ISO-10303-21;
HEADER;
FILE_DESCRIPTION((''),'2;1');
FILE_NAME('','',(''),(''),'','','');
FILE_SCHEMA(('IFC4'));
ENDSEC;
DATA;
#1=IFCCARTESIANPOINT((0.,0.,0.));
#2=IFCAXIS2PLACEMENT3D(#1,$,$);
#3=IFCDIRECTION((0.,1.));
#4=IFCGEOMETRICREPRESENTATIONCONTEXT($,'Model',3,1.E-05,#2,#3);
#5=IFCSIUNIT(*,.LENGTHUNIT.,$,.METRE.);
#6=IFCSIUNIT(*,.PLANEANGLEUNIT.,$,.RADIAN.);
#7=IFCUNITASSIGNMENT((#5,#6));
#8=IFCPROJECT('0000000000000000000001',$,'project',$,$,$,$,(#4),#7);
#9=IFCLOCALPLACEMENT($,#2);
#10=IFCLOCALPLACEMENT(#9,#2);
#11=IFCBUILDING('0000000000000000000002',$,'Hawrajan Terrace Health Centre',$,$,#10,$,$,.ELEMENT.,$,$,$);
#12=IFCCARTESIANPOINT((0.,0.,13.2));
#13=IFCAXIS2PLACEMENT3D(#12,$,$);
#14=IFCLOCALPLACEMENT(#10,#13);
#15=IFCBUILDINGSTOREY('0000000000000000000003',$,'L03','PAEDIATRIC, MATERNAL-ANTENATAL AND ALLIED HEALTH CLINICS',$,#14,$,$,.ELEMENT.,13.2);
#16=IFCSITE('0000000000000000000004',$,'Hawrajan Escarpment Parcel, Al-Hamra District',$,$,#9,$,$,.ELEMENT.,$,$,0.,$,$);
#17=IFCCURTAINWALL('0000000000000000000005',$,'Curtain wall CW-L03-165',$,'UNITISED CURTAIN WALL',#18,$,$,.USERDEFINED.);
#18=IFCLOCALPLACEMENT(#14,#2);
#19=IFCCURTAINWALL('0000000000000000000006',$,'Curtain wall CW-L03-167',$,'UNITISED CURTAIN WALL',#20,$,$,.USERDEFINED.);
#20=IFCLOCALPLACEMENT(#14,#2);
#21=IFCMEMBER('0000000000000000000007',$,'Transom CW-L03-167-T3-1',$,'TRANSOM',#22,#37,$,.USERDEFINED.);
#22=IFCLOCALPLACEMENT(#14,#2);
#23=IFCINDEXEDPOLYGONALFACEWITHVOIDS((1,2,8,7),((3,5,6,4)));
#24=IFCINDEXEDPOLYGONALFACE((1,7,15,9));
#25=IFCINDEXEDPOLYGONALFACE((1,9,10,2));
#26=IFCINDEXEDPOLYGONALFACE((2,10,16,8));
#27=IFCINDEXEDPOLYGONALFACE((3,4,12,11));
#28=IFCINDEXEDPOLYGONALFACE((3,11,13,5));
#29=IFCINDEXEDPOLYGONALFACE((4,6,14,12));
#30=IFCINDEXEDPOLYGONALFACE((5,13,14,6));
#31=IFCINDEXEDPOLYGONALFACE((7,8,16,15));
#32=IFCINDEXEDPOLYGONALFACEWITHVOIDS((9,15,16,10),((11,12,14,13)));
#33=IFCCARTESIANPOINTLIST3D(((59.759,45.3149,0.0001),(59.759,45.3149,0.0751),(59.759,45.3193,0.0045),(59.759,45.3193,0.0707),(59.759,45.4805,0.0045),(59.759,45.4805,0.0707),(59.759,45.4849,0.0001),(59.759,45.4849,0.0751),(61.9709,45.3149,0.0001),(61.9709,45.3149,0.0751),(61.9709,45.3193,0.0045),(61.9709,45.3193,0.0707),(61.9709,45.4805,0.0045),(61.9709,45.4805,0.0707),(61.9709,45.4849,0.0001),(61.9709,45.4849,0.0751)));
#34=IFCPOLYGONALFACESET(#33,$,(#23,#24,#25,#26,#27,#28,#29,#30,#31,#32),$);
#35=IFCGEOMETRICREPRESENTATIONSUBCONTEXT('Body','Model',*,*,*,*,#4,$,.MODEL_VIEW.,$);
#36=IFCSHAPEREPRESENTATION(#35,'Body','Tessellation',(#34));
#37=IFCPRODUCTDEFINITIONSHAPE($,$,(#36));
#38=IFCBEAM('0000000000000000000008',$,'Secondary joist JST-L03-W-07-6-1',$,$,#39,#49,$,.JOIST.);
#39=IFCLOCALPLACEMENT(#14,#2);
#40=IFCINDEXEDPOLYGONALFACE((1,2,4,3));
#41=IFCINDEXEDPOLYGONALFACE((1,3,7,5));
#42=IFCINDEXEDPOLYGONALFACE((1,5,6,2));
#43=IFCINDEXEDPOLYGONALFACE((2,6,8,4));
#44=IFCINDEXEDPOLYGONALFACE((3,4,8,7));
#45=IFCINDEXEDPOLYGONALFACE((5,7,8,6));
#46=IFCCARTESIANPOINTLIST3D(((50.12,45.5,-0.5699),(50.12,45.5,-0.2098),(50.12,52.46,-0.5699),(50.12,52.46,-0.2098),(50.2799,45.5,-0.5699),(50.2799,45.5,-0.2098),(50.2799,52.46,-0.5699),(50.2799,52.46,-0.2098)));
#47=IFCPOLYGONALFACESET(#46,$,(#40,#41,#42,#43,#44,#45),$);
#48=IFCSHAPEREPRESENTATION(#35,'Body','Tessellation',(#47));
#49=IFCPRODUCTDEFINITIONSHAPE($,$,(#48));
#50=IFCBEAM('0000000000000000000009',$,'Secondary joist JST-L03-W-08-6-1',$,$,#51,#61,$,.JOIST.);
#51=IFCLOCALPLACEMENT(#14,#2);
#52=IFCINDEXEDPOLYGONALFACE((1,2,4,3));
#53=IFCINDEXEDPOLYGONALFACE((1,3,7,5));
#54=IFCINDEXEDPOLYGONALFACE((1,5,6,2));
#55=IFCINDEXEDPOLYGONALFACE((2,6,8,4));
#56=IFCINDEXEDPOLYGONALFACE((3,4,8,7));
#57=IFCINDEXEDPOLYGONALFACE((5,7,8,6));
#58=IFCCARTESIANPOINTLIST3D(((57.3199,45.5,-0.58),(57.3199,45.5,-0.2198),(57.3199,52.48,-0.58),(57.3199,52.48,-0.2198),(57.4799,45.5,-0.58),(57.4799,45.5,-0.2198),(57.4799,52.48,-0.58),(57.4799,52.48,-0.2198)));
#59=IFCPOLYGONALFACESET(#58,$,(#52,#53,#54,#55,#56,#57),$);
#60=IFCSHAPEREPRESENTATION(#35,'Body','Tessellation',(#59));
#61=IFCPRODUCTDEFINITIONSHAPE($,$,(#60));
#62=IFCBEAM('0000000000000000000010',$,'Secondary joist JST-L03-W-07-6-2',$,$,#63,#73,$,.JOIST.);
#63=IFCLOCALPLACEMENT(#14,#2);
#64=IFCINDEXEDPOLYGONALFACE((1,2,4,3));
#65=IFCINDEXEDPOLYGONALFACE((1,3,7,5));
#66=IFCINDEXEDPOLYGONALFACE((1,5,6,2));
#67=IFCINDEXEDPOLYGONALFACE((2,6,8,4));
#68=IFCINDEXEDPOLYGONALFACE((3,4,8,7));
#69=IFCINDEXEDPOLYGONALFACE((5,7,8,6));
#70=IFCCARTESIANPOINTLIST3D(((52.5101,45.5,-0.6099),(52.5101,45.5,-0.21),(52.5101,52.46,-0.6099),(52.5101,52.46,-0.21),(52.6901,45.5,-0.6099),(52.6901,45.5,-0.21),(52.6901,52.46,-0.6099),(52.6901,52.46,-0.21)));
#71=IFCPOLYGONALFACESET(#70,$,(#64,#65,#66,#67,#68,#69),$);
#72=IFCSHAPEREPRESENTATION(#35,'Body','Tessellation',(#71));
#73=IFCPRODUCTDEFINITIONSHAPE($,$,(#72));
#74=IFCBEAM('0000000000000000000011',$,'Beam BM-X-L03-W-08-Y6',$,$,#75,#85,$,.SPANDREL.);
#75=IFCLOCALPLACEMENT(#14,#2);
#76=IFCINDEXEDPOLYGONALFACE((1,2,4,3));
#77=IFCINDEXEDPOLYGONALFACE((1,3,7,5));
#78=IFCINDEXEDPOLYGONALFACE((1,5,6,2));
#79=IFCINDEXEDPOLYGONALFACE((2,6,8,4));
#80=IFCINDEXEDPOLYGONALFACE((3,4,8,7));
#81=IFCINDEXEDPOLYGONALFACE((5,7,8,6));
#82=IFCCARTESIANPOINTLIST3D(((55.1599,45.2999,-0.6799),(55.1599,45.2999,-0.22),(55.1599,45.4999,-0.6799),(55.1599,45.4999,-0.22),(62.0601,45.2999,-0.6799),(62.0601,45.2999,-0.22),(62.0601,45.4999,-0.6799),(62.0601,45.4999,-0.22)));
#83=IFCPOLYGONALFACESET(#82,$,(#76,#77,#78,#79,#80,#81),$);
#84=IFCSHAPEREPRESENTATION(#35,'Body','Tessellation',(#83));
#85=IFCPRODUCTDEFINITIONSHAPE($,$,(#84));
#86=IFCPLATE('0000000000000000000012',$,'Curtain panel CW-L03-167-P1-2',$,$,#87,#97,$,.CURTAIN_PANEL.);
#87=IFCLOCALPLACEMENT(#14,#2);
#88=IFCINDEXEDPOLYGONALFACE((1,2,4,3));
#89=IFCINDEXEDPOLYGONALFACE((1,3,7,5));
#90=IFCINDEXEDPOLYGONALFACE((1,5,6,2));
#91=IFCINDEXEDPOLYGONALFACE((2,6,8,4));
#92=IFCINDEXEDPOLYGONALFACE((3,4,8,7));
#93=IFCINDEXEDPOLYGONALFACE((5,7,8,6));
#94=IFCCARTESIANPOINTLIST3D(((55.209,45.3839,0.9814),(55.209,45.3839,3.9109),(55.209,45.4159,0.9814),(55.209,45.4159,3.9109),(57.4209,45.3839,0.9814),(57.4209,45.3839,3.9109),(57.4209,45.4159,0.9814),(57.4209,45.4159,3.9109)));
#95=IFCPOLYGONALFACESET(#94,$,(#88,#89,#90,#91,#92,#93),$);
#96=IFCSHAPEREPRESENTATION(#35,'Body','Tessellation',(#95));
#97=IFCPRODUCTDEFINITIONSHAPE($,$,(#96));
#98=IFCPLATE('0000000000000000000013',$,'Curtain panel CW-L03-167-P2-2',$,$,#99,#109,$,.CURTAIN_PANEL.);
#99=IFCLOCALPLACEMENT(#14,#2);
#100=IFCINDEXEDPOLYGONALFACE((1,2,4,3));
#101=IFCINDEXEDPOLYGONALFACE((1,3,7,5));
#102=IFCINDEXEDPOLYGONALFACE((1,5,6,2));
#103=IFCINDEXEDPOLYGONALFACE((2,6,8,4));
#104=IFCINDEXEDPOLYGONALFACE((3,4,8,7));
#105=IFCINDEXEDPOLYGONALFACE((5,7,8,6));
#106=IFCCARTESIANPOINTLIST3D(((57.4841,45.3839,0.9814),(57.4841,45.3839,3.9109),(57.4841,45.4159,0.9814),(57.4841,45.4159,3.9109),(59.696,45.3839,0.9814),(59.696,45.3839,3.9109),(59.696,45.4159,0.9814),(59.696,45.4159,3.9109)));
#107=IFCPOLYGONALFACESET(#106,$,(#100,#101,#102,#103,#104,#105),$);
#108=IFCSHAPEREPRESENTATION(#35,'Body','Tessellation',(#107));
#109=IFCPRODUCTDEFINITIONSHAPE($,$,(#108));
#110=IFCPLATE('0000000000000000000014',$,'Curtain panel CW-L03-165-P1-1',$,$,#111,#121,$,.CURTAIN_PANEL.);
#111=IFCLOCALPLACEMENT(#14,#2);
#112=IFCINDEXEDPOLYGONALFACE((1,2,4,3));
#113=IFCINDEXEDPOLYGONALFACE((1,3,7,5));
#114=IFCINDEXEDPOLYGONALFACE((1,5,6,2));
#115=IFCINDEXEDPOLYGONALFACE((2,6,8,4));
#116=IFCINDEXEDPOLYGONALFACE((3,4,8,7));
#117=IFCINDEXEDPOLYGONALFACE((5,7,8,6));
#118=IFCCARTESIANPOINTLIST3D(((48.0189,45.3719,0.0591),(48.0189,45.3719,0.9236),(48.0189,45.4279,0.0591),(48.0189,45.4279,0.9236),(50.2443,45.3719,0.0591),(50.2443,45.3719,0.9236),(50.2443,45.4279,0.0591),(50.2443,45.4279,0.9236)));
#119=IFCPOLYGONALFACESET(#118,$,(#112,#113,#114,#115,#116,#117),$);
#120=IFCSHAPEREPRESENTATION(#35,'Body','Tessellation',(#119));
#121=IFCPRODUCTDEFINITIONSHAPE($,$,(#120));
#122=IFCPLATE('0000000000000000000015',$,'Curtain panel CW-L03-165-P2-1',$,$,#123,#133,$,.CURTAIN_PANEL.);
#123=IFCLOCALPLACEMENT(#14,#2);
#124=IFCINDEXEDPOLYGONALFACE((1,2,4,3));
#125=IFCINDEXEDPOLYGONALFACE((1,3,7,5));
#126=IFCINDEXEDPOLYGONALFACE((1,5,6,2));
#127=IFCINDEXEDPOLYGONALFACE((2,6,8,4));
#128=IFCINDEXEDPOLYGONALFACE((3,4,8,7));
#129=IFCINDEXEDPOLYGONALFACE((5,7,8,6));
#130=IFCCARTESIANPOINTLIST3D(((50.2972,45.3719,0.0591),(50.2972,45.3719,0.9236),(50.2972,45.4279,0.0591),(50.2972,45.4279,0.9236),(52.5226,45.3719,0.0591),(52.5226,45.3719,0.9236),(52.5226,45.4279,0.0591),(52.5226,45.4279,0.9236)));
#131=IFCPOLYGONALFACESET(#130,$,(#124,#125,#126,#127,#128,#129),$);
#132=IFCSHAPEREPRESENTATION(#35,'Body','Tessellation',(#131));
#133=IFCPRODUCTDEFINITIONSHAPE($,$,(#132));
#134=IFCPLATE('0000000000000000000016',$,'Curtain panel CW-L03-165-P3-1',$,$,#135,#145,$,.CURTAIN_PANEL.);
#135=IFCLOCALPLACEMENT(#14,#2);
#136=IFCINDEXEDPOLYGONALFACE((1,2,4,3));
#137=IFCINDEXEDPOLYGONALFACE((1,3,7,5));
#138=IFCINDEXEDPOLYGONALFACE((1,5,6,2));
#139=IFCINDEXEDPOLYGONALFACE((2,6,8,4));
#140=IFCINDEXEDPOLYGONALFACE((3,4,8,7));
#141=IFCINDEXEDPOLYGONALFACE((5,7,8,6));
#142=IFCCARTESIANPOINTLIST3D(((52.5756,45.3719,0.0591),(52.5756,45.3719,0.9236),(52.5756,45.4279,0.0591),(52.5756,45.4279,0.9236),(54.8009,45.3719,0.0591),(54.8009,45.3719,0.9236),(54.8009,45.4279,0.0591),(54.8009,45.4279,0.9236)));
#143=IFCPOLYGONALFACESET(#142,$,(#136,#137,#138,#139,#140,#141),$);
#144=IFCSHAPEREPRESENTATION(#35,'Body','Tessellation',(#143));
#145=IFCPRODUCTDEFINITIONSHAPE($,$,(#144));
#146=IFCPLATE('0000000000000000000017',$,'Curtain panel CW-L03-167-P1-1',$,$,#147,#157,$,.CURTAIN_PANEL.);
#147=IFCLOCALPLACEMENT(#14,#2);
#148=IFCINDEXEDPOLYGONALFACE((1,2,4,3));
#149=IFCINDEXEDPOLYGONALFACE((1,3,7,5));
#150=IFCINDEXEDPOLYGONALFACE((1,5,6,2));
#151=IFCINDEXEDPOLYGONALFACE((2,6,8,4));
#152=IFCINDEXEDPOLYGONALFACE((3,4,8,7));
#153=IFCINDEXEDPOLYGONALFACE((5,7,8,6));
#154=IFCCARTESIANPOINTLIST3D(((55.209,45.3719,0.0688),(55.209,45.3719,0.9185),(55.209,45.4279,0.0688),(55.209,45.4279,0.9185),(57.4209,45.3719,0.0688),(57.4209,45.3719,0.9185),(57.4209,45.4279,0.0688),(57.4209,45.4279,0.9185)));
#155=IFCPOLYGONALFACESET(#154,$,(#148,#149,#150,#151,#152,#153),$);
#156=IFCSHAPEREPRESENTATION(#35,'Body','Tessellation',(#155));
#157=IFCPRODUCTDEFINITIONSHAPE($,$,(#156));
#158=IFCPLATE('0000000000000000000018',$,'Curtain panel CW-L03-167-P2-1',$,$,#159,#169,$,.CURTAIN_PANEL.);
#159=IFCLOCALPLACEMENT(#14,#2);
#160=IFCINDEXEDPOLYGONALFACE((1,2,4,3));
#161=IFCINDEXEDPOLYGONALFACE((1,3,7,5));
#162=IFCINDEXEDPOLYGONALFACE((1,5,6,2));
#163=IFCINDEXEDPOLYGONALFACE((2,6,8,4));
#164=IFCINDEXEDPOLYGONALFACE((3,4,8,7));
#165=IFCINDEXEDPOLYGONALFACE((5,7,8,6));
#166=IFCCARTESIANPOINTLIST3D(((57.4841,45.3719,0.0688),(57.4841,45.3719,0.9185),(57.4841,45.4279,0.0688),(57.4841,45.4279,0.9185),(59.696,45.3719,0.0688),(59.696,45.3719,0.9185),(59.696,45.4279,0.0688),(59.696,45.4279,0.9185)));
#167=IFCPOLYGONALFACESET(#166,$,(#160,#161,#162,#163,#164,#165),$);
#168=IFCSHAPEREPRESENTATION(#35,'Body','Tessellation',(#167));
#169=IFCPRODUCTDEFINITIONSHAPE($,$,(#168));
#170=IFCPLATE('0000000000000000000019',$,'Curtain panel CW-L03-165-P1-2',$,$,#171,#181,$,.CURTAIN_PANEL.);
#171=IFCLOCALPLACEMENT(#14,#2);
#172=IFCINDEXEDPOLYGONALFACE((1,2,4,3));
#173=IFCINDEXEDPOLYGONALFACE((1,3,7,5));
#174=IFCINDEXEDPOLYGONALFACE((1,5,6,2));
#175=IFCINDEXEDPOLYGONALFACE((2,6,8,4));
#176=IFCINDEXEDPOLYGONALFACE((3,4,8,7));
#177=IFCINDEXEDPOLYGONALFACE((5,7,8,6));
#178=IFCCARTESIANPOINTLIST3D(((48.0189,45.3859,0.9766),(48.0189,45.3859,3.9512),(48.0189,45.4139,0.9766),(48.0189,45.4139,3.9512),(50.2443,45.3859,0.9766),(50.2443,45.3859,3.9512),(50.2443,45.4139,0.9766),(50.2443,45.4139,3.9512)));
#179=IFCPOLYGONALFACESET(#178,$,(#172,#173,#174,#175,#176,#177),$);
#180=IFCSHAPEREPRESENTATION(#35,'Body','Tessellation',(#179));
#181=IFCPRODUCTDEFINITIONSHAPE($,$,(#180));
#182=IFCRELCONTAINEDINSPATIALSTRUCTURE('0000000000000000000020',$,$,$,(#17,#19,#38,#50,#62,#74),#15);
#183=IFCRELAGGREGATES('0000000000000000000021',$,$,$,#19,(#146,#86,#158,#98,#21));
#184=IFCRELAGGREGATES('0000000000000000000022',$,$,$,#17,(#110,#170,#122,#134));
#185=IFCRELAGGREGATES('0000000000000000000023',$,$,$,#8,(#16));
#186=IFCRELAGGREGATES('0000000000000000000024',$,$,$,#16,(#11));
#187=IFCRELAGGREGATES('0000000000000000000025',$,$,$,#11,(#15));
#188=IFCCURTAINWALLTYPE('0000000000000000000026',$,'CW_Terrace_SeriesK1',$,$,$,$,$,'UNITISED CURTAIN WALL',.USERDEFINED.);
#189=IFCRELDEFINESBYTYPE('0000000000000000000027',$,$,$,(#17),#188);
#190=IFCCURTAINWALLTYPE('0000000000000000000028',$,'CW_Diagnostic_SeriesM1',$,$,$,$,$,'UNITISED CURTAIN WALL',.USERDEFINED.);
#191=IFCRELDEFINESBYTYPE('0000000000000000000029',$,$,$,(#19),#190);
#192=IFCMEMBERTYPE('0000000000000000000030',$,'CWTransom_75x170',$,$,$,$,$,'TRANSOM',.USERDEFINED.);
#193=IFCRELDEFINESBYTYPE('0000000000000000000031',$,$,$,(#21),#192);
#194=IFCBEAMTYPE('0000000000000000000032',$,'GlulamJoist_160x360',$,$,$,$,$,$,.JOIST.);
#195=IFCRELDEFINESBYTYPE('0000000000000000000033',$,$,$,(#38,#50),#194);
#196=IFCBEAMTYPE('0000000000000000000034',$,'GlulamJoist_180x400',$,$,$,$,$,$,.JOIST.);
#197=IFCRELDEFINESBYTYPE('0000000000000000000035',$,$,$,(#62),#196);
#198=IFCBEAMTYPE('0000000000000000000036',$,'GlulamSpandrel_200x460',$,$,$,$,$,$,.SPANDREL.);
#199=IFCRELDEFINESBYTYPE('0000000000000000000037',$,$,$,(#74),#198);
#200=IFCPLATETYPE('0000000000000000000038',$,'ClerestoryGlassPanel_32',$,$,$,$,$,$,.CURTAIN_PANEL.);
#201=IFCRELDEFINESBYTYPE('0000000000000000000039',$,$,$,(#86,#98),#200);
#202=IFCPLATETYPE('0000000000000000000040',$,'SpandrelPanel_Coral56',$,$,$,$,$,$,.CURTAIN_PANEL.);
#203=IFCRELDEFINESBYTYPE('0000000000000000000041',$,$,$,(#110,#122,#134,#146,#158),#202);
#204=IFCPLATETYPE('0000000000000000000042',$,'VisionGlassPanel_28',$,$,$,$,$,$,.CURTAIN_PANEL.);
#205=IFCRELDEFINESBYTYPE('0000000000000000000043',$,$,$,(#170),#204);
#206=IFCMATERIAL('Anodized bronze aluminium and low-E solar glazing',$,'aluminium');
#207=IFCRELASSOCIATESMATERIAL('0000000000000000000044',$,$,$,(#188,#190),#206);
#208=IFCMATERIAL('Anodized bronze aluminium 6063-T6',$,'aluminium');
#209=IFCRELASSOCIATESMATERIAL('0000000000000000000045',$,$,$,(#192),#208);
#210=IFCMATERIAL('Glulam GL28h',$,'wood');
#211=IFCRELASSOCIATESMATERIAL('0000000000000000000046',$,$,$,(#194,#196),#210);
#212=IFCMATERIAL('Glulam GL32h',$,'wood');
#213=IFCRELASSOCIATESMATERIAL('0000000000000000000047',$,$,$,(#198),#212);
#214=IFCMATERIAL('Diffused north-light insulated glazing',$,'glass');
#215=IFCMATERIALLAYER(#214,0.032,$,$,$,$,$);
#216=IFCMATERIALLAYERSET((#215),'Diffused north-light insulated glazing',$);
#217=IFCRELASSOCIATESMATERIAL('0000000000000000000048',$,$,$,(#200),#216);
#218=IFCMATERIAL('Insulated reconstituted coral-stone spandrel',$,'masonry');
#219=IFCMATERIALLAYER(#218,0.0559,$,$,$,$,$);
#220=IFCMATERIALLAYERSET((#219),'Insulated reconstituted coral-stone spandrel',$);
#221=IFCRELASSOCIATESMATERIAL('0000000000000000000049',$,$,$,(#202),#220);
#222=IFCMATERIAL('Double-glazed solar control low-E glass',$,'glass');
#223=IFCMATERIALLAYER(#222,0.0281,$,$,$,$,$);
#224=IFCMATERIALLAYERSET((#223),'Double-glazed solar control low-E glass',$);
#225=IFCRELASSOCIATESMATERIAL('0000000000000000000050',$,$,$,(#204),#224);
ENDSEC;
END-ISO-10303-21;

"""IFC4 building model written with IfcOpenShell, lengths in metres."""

from ifc_helpers import new_model, si_unit, direction, frame, origin, origin_2d, place, context, subcontext, project, spatial, rectangle, hollow_rectangle, extrude, material, layer, layer_set, material_profile, profile_set, type_object, element, aggregate, save


model = new_model("IFC4")

# Units and contexts
model_context = context("Model", 3, precision=1e-05, world=origin(), true_north=direction((0.0, 1.0)))
body_context = subcontext(model_context, "Body", "Model", "MODEL_VIEW")
ifc_project = project(units=[si_unit("LENGTHUNIT", "METRE"), si_unit("PLANEANGLEUNIT", "RADIAN")], contexts=[model_context])

# Site, building, storey
site_placement = place(None, origin())
site = spatial("IfcSite", under=ifc_project, at=site_placement, Name="Hawrajan Escarpment Parcel, Al-Hamra District", CompositionType="ELEMENT", RefElevation=0.0)
building_placement = place(site_placement, origin())
building = spatial("IfcBuilding", under=site, at=building_placement, Name="Hawrajan Terrace Health Centre", CompositionType="ELEMENT")
storey_placement = place(building_placement, frame((0.0, 0.0, 13.2)))
storey = spatial("IfcBuildingStorey", under=building, at=storey_placement, Name="L03", Description="PAEDIATRIC, MATERNAL-ANTENATAL AND ALLIED HEALTH CLINICS", CompositionType="ELEMENT", Elevation=13.2)

# Shared definitions
ifc_material_1 = material(Name="Glulam GL32h", Category="wood")

# Curtain walls
ifc_material_2 = material(Name="Anodized bronze aluminium and low-E solar glazing", Category="aluminium")
curtain_wall_type_1 = type_object("IfcCurtainWallType", Name="CW_Terrace_SeriesK1", ElementType="UNITISED CURTAIN WALL", PredefinedType="USERDEFINED", material=ifc_material_2)
curtain_wall_1_placement = place(storey_placement, origin())
curtain_wall_1 = element("IfcCurtainWall", 1, at=curtain_wall_1_placement, inside=storey, type_object=curtain_wall_type_1, Name="Curtain wall CW-L03-165", ObjectType="UNITISED CURTAIN WALL", PredefinedType="USERDEFINED")
ifc_material_3 = material(Name="Anodized bronze aluminium 6063-T6", Category="aluminium")
curtain_wall_type_2 = type_object("IfcCurtainWallType", Name="CW_Diagnostic_SeriesM1", ElementType="UNITISED CURTAIN WALL", PredefinedType="USERDEFINED", material=ifc_material_2)
curtain_wall_2_placement = place(storey_placement, origin())
curtain_wall_2 = element("IfcCurtainWall", 2, at=curtain_wall_2_placement, inside=storey, type_object=curtain_wall_type_2, Name="Curtain wall CW-L03-167", ObjectType="UNITISED CURTAIN WALL", PredefinedType="USERDEFINED")

# Member
ifc_material_profile_1 = material_profile(ifc_material_3, hollow_rectangle(XDim=0.075, YDim=0.1699, WallThickness=0.0044, at=origin_2d()), Name="CW TRN 75x170")
ifc_profile_set_1 = profile_set([ifc_material_profile_1], Name="Anodized bronze aluminium 6063-T6")
member_type_1 = type_object("IfcMemberType", Name="CWTransom_75x170", ElementType="TRANSOM", PredefinedType="USERDEFINED", material=ifc_profile_set_1)
member_1_placement = place(storey_placement, frame((59.759, 45.3999, 0.0376), z_axis=(1.0, 0.0, 0.0), x_axis=(0.0, 0.0, 1.0)))
member_1 = element("IfcMember", 3, at=member_1_placement, type_object=member_type_1, Name="Transom CW-L03-167-T3-1", ObjectType="TRANSOM", PredefinedType="USERDEFINED", context=body_context, shape_type="SweptSolid", body=[
    extrude(hollow_rectangle(XDim=0.075, YDim=0.1699, WallThickness=0.0044, at=origin_2d()), origin(), (0.0, 0.0, 1.0), 2.2119),
])

# Beams
ifc_material_4 = material(Name="Glulam GL28h", Category="wood")
ifc_material_profile_2 = material_profile(ifc_material_4, rectangle(XDim=0.1599, YDim=0.3601, at=origin_2d()), Name="GL JST 160x360")
ifc_profile_set_2 = profile_set([ifc_material_profile_2], Name="Glulam GL28h")
beam_type_1 = type_object("IfcBeamType", Name="GlulamJoist_160x360", PredefinedType="JOIST", material=ifc_profile_set_2)
beam_1_placement = place(storey_placement, frame((50.2, 45.5, -0.3899), z_axis=(0.0, 1.0, 0.0), x_axis=(-1.0, 0.0, 0.0)))
element("IfcBeam", 4, at=beam_1_placement, inside=storey, type_object=beam_type_1, Name="Secondary joist JST-L03-W-07-6-1", PredefinedType="JOIST", context=body_context, shape_type="SweptSolid", body=[
    extrude(rectangle(XDim=0.1599, YDim=0.3601, at=origin_2d()), origin(), (0.0, 0.0, 1.0), 6.96),
])
beam_2_placement = place(storey_placement, frame((57.3999, 45.5, -0.3999), z_axis=(0.0, 1.0, 0.0), x_axis=(-1.0, 0.0, 0.0)))
element("IfcBeam", 5, at=beam_2_placement, inside=storey, type_object=beam_type_1, Name="Secondary joist JST-L03-W-08-6-1", PredefinedType="JOIST", context=body_context, shape_type="SweptSolid", body=[
    extrude(rectangle(XDim=0.1599, YDim=0.3601, at=origin_2d()), origin(), (0.0, 0.0, 1.0), 6.98),
])
ifc_material_profile_3 = material_profile(ifc_material_4, rectangle(XDim=0.1799, YDim=0.3999, at=origin_2d()), Name="GL JST 180x400")
ifc_profile_set_3 = profile_set([ifc_material_profile_3], Name="Glulam GL28h")
beam_type_2 = type_object("IfcBeamType", Name="GlulamJoist_180x400", PredefinedType="JOIST", material=ifc_profile_set_3)
beam_3_placement = place(storey_placement, frame((52.6001, 45.5, -0.4099), z_axis=(0.0, 1.0, 0.0), x_axis=(-1.0, 0.0, 0.0)))
element("IfcBeam", 6, at=beam_3_placement, inside=storey, type_object=beam_type_2, Name="Secondary joist JST-L03-W-07-6-2", PredefinedType="JOIST", context=body_context, shape_type="SweptSolid", body=[
    extrude(rectangle(XDim=0.1799, YDim=0.3999, at=origin_2d()), origin(), (0.0, 0.0, 1.0), 6.96),
])
ifc_material_profile_4 = material_profile(ifc_material_1, rectangle(XDim=0.2, YDim=0.46, at=origin_2d()), Name="GL SP 200x460")
ifc_profile_set_4 = profile_set([ifc_material_profile_4], Name="Glulam GL32h")
beam_type_3 = type_object("IfcBeamType", Name="GlulamSpandrel_200x460", PredefinedType="SPANDREL", material=ifc_profile_set_4)
beam_4_placement = place(storey_placement, frame((55.1599, 45.3999, -0.45), z_axis=(1.0, 0.0, 0.0), x_axis=(0.0, 1.0, 0.0)))
element("IfcBeam", 7, at=beam_4_placement, inside=storey, type_object=beam_type_3, Name="Beam BM-X-L03-W-08-Y6", PredefinedType="SPANDREL", context=body_context, shape_type="SweptSolid", body=[
    extrude(rectangle(XDim=0.2, YDim=0.46, at=origin_2d()), origin(), (0.0, 0.0, 1.0), 6.9001),
])

# Plates
ifc_material_5 = material(Name="Diffused north-light insulated glazing", Category="glass")
ifc_layer_1 = layer(ifc_material_5, 0.032)
ifc_layer_set_1 = layer_set([ifc_layer_1], Name="Diffused north-light insulated glazing")
plate_type_1 = type_object("IfcPlateType", Name="ClerestoryGlassPanel_32", PredefinedType="CURTAIN_PANEL", material=ifc_layer_set_1)
plate_1_placement = place(storey_placement, frame((56.3149, 45.3999, 0.9814), z_axis=(0.0, 0.0, 1.0), x_axis=(1.0, 0.0, 0.0)))
plate_1 = element("IfcPlate", 8, at=plate_1_placement, type_object=plate_type_1, Name="Curtain panel CW-L03-167-P1-2", PredefinedType="CURTAIN_PANEL", context=body_context, shape_type="SweptSolid", body=[
    extrude(rectangle(XDim=2.2119, YDim=0.032, at=origin_2d()), origin(), (0.0, 0.0, 1.0), 2.9294),
])
plate_2_placement = place(storey_placement, frame((58.5901, 45.3999, 0.9814), z_axis=(0.0, 0.0, 1.0), x_axis=(1.0, 0.0, 0.0)))
plate_2 = element("IfcPlate", 9, at=plate_2_placement, type_object=plate_type_1, Name="Curtain panel CW-L03-167-P2-2", PredefinedType="CURTAIN_PANEL", context=body_context, shape_type="SweptSolid", body=[
    extrude(rectangle(XDim=2.2119, YDim=0.032, at=origin_2d()), origin(), (0.0, 0.0, 1.0), 2.9294),
])
ifc_material_6 = material(Name="Insulated reconstituted coral-stone spandrel", Category="masonry")
ifc_layer_2 = layer(ifc_material_6, 0.0559)
ifc_layer_set_2 = layer_set([ifc_layer_2], Name="Insulated reconstituted coral-stone spandrel")
plate_type_2 = type_object("IfcPlateType", Name="SpandrelPanel_Coral56", PredefinedType="CURTAIN_PANEL", material=ifc_layer_set_2)
plate_3_placement = place(storey_placement, frame((49.1316, 45.3999, 0.0591), z_axis=(0.0, 0.0, 1.0), x_axis=(1.0, 0.0, 0.0)))
plate_3 = element("IfcPlate", 10, at=plate_3_placement, type_object=plate_type_2, Name="Curtain panel CW-L03-165-P1-1", PredefinedType="CURTAIN_PANEL", context=body_context, shape_type="SweptSolid", body=[
    extrude(rectangle(XDim=2.2253, YDim=0.0559, at=origin_2d()), origin(), (0.0, 0.0, 1.0), 0.8645),
])
plate_4_placement = place(storey_placement, frame((51.4099, 45.3999, 0.0591), z_axis=(0.0, 0.0, 1.0), x_axis=(1.0, 0.0, 0.0)))
plate_4 = element("IfcPlate", 11, at=plate_4_placement, type_object=plate_type_2, Name="Curtain panel CW-L03-165-P2-1", PredefinedType="CURTAIN_PANEL", context=body_context, shape_type="SweptSolid", body=[
    extrude(rectangle(XDim=2.2253, YDim=0.0559, at=origin_2d()), origin(), (0.0, 0.0, 1.0), 0.8645),
])
plate_5_placement = place(storey_placement, frame((53.6882, 45.3999, 0.0591), z_axis=(0.0, 0.0, 1.0), x_axis=(1.0, 0.0, 0.0)))
plate_5 = element("IfcPlate", 12, at=plate_5_placement, type_object=plate_type_2, Name="Curtain panel CW-L03-165-P3-1", PredefinedType="CURTAIN_PANEL", context=body_context, shape_type="SweptSolid", body=[
    extrude(rectangle(XDim=2.2253, YDim=0.0559, at=origin_2d()), origin(), (0.0, 0.0, 1.0), 0.8645),
])
plate_6_placement = place(storey_placement, frame((56.3149, 45.3999, 0.0688), z_axis=(0.0, 0.0, 1.0), x_axis=(1.0, 0.0, 0.0)))
plate_6 = element("IfcPlate", 13, at=plate_6_placement, type_object=plate_type_2, Name="Curtain panel CW-L03-167-P1-1", PredefinedType="CURTAIN_PANEL", context=body_context, shape_type="SweptSolid", body=[
    extrude(rectangle(XDim=2.2119, YDim=0.0559, at=origin_2d()), origin(), (0.0, 0.0, 1.0), 0.8496),
])
plate_7_placement = place(storey_placement, frame((58.5901, 45.3999, 0.0688), z_axis=(0.0, 0.0, 1.0), x_axis=(1.0, 0.0, 0.0)))
plate_7 = element("IfcPlate", 14, at=plate_7_placement, type_object=plate_type_2, Name="Curtain panel CW-L03-167-P2-1", PredefinedType="CURTAIN_PANEL", context=body_context, shape_type="SweptSolid", body=[
    extrude(rectangle(XDim=2.2119, YDim=0.0559, at=origin_2d()), origin(), (0.0, 0.0, 1.0), 0.8496),
])
aggregate(curtain_wall_2, [plate_6, plate_1, plate_7, plate_2, member_1])
ifc_material_7 = material(Name="Double-glazed solar control low-E glass", Category="glass")
ifc_layer_3 = layer(ifc_material_7, 0.0281)
ifc_layer_set_3 = layer_set([ifc_layer_3], Name="Double-glazed solar control low-E glass")
plate_type_3 = type_object("IfcPlateType", Name="VisionGlassPanel_28", PredefinedType="CURTAIN_PANEL", material=ifc_layer_set_3)
plate_8_placement = place(storey_placement, frame((49.1316, 45.3999, 0.9766), z_axis=(0.0, 0.0, 1.0), x_axis=(1.0, 0.0, 0.0)))
plate_8 = element("IfcPlate", 15, at=plate_8_placement, type_object=plate_type_3, Name="Curtain panel CW-L03-165-P1-2", PredefinedType="CURTAIN_PANEL", context=body_context, shape_type="SweptSolid", body=[
    extrude(rectangle(XDim=2.2253, YDim=0.0281, at=origin_2d()), origin(), (0.0, 0.0, 1.0), 2.9746),
])
aggregate(curtain_wall_1, [plate_3, plate_8, plate_4, plate_5])

save(model, "model.ifc")
